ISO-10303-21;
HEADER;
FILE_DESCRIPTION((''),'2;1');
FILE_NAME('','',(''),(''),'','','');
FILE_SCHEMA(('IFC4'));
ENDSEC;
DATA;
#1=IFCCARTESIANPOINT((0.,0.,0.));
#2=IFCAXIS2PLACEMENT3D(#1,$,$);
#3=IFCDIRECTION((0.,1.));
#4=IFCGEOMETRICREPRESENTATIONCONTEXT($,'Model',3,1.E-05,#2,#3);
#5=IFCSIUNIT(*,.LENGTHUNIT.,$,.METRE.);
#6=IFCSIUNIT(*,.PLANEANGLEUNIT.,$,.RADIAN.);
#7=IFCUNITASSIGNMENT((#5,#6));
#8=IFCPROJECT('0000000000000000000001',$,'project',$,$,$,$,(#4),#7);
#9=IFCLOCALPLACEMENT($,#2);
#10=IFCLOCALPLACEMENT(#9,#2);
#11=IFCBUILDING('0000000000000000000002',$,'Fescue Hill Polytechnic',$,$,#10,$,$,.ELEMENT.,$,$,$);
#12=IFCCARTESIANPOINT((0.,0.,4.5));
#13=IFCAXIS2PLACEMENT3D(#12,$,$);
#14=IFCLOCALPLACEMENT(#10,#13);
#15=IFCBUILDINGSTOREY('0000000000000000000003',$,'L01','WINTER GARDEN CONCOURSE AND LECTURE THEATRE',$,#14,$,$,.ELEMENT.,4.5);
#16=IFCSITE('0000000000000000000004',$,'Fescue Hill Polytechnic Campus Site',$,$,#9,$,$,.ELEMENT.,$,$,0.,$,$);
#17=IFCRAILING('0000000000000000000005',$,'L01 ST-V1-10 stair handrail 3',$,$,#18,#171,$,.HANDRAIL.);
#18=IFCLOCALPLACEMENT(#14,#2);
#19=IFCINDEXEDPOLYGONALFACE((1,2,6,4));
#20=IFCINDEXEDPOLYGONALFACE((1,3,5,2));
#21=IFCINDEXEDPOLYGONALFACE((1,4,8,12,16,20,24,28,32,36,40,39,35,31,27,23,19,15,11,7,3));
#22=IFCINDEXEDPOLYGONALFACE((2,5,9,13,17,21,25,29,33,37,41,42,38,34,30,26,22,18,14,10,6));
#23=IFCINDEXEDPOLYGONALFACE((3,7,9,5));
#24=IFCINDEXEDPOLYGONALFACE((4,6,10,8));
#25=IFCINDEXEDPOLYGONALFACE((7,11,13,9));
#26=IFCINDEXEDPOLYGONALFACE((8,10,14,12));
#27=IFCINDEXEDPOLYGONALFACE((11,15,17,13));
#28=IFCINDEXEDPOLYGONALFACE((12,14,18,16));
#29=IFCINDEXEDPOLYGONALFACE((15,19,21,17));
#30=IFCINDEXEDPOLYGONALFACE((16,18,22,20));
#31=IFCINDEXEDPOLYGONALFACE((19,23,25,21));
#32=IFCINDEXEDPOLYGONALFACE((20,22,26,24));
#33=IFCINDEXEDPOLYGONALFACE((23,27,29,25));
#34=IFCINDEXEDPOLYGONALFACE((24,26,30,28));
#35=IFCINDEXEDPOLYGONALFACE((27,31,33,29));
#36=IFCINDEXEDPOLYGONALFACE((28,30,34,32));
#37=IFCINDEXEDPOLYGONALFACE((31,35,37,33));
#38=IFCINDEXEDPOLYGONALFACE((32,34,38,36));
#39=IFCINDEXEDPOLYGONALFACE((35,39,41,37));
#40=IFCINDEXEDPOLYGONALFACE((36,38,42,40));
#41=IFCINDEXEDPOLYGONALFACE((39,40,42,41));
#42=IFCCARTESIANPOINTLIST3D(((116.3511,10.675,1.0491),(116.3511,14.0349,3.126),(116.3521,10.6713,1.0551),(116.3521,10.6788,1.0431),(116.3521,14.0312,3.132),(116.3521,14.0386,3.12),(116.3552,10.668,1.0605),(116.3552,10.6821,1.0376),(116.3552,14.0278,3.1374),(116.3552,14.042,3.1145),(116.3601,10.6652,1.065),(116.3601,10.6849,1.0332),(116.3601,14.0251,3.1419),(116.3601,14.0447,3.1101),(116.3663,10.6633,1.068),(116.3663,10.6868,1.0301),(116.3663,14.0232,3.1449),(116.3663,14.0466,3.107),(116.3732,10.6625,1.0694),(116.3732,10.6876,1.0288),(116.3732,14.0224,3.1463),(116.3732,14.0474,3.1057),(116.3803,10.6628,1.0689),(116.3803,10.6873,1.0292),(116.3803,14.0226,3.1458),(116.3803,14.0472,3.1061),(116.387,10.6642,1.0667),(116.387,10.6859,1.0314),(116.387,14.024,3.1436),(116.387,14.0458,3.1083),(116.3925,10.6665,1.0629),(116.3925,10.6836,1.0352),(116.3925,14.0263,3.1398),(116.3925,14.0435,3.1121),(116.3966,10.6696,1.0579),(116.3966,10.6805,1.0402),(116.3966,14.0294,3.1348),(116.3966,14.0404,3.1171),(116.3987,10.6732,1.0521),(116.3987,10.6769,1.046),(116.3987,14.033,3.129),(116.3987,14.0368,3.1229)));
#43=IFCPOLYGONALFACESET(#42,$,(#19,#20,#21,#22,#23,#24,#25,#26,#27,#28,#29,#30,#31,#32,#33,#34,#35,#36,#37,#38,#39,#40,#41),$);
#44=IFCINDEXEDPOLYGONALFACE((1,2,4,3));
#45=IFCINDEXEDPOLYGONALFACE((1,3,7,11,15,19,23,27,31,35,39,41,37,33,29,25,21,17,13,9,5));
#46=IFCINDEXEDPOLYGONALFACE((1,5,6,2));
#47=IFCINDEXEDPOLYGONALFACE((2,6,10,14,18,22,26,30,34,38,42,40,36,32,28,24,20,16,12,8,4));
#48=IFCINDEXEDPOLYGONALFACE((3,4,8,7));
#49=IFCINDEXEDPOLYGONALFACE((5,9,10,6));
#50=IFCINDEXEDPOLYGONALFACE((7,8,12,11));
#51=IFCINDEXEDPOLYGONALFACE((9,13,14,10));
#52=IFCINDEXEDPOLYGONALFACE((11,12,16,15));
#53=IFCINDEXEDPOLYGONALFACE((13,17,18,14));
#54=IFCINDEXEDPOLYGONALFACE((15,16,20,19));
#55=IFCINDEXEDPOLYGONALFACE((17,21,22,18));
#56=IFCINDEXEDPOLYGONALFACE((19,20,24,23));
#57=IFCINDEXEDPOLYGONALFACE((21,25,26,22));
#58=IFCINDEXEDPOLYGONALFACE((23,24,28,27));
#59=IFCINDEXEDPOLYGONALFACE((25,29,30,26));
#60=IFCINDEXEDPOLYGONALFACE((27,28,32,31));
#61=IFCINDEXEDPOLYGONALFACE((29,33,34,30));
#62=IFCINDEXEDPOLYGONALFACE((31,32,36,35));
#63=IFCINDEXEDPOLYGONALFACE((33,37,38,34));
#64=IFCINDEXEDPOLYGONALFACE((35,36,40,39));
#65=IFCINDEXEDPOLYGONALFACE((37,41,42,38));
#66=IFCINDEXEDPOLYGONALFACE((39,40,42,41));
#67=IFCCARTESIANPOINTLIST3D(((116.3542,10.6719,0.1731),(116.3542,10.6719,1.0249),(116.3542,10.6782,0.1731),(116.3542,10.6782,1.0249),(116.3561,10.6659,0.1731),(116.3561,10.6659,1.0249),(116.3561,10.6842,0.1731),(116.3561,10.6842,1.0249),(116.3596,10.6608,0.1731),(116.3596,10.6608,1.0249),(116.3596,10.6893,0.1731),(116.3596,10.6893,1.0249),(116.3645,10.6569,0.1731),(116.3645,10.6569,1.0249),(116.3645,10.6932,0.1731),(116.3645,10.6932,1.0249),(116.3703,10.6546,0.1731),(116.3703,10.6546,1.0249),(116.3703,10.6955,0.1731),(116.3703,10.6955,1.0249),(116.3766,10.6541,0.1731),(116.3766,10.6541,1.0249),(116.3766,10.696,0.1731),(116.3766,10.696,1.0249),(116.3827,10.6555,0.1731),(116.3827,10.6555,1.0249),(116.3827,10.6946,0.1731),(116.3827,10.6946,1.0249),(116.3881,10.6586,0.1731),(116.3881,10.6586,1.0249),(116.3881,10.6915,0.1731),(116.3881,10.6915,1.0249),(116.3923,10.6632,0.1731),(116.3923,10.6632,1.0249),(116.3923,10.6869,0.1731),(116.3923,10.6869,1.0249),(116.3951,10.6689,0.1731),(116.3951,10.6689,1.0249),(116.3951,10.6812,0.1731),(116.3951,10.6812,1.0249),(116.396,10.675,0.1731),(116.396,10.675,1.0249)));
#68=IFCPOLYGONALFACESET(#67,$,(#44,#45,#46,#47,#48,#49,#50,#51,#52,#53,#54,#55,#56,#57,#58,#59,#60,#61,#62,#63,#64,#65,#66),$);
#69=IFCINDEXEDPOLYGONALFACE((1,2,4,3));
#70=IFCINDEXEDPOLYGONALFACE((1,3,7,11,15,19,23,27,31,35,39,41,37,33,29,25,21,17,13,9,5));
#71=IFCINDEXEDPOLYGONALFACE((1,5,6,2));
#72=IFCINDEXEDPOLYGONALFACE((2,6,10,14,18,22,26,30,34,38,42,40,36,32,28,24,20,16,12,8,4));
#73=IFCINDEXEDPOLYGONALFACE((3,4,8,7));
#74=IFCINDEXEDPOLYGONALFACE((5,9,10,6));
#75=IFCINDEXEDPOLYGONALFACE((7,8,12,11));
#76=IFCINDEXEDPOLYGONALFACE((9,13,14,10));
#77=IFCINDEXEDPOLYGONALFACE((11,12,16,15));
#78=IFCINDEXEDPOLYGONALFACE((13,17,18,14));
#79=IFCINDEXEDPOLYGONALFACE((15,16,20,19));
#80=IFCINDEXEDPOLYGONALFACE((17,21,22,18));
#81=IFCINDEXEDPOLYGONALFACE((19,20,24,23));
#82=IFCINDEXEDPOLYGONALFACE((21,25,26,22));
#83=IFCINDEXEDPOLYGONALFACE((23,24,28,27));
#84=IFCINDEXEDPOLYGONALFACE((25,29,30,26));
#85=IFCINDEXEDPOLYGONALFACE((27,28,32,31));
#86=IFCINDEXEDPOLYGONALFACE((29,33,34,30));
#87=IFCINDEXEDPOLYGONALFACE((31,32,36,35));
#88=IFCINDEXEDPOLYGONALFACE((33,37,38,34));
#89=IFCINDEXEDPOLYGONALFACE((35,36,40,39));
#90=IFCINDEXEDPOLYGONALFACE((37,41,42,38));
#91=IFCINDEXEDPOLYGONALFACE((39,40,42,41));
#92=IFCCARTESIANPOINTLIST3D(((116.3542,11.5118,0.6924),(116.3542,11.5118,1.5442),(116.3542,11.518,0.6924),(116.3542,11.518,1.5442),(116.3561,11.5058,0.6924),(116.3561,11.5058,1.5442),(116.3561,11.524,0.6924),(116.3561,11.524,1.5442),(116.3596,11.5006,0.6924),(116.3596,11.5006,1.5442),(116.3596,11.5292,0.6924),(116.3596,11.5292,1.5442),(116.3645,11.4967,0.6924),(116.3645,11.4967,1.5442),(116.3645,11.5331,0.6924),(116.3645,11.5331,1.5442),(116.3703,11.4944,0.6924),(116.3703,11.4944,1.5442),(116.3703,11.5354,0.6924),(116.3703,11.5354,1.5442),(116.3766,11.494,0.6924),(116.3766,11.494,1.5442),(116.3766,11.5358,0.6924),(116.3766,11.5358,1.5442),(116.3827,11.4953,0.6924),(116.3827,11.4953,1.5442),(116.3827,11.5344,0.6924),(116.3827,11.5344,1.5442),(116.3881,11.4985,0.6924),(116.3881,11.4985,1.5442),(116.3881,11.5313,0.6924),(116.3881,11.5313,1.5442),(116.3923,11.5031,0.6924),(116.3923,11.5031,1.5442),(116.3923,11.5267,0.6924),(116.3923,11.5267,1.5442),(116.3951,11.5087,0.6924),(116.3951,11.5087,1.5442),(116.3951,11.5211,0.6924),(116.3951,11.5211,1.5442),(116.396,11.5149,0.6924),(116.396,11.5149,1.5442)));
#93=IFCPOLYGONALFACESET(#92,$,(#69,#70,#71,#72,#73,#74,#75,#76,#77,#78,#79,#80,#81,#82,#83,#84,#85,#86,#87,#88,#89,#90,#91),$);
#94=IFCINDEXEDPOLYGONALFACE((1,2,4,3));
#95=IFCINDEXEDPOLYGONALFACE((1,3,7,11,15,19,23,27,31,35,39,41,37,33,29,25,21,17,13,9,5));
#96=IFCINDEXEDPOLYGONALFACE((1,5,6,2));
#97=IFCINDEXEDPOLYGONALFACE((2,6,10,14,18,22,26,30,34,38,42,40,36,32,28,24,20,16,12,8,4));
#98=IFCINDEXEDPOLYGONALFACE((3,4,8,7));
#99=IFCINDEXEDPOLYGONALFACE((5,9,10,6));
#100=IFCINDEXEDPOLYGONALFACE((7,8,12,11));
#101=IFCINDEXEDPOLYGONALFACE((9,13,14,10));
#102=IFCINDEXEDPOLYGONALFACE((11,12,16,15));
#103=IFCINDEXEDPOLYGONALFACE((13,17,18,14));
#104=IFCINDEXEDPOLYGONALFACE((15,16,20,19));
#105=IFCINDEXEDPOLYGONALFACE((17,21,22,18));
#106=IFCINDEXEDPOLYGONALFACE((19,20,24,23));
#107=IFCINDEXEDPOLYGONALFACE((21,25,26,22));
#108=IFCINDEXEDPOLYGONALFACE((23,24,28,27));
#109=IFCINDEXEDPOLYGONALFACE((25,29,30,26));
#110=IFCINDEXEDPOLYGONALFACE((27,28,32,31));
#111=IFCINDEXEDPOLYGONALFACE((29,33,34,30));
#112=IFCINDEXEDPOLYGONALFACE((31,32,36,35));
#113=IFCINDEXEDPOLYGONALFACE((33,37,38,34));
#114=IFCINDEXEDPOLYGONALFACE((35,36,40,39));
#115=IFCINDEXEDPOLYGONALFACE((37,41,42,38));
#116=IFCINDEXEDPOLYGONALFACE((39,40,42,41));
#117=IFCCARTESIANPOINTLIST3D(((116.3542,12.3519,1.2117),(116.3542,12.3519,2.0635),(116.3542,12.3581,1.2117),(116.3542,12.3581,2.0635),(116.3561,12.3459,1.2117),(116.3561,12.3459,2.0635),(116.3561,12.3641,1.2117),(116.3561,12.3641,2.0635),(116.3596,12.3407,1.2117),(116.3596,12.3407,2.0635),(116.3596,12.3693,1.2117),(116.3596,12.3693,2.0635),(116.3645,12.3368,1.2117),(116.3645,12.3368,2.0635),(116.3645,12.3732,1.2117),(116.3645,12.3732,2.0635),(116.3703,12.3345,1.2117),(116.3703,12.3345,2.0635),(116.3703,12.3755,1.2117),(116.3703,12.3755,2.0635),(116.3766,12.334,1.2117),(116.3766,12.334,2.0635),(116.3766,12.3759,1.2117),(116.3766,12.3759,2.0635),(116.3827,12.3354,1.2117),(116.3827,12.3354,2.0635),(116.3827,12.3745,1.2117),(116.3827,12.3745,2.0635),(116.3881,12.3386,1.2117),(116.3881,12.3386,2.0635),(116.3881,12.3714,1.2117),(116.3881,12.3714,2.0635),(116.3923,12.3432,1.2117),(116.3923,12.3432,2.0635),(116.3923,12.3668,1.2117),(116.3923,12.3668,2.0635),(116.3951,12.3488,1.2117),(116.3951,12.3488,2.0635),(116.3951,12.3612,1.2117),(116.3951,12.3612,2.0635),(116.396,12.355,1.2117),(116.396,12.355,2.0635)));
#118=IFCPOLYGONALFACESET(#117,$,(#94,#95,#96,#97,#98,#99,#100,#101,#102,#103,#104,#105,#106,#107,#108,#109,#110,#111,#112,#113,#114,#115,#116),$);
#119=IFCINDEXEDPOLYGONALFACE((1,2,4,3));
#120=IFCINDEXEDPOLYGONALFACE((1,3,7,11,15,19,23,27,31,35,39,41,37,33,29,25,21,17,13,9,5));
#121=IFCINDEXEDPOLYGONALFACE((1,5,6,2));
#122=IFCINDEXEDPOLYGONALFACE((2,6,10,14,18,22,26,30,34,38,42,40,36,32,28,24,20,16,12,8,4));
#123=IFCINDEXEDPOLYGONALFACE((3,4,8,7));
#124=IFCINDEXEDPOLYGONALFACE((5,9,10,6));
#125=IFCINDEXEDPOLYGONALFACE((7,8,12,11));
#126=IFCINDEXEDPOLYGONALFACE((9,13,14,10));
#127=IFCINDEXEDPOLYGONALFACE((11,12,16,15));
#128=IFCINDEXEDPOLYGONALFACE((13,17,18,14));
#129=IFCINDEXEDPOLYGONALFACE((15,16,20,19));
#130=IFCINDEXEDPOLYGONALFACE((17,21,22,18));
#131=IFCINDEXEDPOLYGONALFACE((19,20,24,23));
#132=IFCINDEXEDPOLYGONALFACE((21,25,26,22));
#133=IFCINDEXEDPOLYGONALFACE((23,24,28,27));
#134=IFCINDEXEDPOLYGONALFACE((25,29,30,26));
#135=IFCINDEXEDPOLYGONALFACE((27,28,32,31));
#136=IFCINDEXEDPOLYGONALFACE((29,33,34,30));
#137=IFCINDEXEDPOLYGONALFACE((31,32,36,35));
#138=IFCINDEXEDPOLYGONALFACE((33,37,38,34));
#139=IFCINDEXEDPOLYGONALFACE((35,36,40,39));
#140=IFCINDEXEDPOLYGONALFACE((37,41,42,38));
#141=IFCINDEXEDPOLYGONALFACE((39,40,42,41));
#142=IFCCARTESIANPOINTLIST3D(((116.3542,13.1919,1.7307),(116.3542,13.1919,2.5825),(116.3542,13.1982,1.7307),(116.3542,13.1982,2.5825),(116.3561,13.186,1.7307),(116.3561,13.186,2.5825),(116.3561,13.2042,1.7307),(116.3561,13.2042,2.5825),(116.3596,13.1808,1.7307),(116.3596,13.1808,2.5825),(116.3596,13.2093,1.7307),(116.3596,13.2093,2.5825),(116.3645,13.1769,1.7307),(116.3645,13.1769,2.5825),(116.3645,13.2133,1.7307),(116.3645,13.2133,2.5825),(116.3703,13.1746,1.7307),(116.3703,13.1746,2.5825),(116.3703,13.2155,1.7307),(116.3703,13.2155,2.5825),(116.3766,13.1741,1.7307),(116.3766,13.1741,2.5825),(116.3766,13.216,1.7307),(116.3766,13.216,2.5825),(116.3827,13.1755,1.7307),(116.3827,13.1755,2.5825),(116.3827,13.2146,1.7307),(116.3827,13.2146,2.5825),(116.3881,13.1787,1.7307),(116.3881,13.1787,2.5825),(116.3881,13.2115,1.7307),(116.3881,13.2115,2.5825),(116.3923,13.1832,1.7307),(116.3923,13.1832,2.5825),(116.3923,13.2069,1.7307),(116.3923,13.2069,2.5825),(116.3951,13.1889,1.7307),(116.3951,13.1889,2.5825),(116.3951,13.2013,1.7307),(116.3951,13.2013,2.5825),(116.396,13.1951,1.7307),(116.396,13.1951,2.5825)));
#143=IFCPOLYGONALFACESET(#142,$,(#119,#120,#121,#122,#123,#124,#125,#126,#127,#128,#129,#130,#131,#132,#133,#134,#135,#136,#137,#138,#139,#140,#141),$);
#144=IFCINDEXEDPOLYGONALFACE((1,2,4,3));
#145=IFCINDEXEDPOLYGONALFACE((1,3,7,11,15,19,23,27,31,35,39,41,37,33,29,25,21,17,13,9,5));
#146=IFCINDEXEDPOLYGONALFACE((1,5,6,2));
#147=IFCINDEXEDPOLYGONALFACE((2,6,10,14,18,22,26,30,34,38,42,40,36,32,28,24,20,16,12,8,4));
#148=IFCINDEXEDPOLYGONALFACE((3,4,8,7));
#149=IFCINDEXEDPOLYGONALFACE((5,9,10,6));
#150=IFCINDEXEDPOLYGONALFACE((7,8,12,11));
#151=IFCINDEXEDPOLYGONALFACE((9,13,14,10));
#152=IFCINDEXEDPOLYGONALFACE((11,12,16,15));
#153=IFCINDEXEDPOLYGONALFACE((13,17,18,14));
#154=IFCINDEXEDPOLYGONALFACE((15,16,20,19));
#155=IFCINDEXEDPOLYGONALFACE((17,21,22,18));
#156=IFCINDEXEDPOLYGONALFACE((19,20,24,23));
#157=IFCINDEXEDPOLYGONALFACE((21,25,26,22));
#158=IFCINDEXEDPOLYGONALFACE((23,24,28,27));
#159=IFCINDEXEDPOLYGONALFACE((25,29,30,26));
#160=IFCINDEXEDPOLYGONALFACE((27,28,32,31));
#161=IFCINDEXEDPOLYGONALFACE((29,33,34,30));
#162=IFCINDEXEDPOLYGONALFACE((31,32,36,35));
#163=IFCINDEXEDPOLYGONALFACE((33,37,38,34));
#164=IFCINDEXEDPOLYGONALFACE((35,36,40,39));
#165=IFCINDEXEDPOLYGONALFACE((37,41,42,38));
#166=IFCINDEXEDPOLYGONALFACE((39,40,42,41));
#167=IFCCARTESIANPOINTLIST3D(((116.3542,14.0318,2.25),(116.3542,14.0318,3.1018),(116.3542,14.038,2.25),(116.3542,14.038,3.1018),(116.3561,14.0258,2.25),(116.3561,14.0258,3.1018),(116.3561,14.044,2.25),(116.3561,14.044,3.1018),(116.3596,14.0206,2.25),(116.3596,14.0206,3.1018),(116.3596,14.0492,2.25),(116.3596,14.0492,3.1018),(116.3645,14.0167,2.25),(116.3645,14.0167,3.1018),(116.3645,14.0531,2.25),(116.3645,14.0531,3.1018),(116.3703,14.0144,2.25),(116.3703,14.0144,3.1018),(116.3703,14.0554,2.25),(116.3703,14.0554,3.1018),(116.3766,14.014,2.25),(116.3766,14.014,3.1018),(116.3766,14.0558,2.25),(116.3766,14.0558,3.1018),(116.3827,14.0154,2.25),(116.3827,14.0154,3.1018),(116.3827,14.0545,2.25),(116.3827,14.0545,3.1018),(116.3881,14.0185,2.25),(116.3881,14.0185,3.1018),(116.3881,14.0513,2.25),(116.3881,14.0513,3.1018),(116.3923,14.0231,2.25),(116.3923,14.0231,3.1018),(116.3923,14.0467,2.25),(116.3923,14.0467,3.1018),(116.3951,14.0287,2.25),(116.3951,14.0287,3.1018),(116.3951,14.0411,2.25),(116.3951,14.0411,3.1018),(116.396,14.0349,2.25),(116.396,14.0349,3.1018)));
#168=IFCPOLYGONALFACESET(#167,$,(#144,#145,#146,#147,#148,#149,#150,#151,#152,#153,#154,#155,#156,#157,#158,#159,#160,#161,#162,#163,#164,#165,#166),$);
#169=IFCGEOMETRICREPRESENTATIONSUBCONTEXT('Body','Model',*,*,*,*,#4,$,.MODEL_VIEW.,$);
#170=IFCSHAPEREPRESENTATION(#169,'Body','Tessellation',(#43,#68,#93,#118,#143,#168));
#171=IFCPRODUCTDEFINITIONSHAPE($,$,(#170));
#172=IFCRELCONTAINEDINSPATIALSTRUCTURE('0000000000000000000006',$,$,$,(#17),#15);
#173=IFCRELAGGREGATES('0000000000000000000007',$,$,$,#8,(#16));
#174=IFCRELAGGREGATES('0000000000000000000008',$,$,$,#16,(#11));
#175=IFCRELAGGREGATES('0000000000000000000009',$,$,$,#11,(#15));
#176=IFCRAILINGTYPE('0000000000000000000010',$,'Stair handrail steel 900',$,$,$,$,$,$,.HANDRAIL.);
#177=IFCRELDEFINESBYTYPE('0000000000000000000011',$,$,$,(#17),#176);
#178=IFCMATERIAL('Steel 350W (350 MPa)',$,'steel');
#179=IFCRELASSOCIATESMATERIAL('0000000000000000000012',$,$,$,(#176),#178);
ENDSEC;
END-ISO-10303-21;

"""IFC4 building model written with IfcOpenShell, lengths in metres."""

from ifc_helpers import new_model, si_unit, direction, frame, origin, origin_2d, place, context, subcontext, project, spatial, circle, extrude, material, type_object, element, save


model = new_model("IFC4")

# Units and contexts
model_context = context("Model", 3, precision=1e-05, world=origin(), true_north=direction((0.0, 1.0)))
body_context = subcontext(model_context, "Body", "Model", "MODEL_VIEW")
ifc_project = project(units=[si_unit("LENGTHUNIT", "METRE"), si_unit("PLANEANGLEUNIT", "RADIAN")], contexts=[model_context])

# Site, building, storey
site_placement = place(None, origin())
site = spatial("IfcSite", under=ifc_project, at=site_placement, Name="Fescue Hill Polytechnic Campus Site", CompositionType="ELEMENT", RefElevation=0.0)
building_placement = place(site_placement, origin())
building = spatial("IfcBuilding", under=site, at=building_placement, Name="Fescue Hill Polytechnic", CompositionType="ELEMENT")
storey_placement = place(building_placement, frame((0.0, 0.0, 4.5)))
storey = spatial("IfcBuildingStorey", under=building, at=storey_placement, Name="L01", Description="WINTER GARDEN CONCOURSE AND LECTURE THEATRE", CompositionType="ELEMENT", Elevation=4.5)

# Railing
ifc_material_1 = material(Name="Steel 350W (350 MPa)", Category="steel")
railing_type_1 = type_object("IfcRailingType", Name="Stair handrail steel 900", PredefinedType="HANDRAIL", material=ifc_material_1)
railing_1_placement = place(storey_placement, frame((116.375, 10.675, 0.1731)))
element("IfcRailing", 1, at=railing_1_placement, inside=storey, type_object=railing_type_1, Name="L01 ST-V1-10 stair handrail 3", PredefinedType="HANDRAIL", context=body_context, shape_type="SweptSolid", body=[
    extrude(circle(Radius=0.0239, at=origin_2d()), frame((0.0, 0.0, 0.876), z_axis=(0.0, 0.850606, 0.525803), x_axis=(-1.0, 0.0, 0.0)), (0.0, 0.0, 1.0), 3.95),
    extrude(circle(Radius=0.021, at=origin_2d()), origin(), (0.0, 0.0, 1.0), 0.8518),
    extrude(circle(Radius=0.021, at=origin_2d()), frame((0.0, 0.8398, 0.5193)), (0.0, 0.0, 1.0), 0.8518),
    extrude(circle(Radius=0.021, at=origin_2d()), frame((0.0, 1.6799, 1.0386)), (0.0, 0.0, 1.0), 0.8518),
    extrude(circle(Radius=0.021, at=origin_2d()), frame((0.0, 2.52, 1.5576)), (0.0, 0.0, 1.0), 0.8518),
    extrude(circle(Radius=0.021, at=origin_2d()), frame((0.0, 3.3599, 2.0769)), (0.0, 0.0, 1.0), 0.8518),
])

save(model, "model.ifc")
